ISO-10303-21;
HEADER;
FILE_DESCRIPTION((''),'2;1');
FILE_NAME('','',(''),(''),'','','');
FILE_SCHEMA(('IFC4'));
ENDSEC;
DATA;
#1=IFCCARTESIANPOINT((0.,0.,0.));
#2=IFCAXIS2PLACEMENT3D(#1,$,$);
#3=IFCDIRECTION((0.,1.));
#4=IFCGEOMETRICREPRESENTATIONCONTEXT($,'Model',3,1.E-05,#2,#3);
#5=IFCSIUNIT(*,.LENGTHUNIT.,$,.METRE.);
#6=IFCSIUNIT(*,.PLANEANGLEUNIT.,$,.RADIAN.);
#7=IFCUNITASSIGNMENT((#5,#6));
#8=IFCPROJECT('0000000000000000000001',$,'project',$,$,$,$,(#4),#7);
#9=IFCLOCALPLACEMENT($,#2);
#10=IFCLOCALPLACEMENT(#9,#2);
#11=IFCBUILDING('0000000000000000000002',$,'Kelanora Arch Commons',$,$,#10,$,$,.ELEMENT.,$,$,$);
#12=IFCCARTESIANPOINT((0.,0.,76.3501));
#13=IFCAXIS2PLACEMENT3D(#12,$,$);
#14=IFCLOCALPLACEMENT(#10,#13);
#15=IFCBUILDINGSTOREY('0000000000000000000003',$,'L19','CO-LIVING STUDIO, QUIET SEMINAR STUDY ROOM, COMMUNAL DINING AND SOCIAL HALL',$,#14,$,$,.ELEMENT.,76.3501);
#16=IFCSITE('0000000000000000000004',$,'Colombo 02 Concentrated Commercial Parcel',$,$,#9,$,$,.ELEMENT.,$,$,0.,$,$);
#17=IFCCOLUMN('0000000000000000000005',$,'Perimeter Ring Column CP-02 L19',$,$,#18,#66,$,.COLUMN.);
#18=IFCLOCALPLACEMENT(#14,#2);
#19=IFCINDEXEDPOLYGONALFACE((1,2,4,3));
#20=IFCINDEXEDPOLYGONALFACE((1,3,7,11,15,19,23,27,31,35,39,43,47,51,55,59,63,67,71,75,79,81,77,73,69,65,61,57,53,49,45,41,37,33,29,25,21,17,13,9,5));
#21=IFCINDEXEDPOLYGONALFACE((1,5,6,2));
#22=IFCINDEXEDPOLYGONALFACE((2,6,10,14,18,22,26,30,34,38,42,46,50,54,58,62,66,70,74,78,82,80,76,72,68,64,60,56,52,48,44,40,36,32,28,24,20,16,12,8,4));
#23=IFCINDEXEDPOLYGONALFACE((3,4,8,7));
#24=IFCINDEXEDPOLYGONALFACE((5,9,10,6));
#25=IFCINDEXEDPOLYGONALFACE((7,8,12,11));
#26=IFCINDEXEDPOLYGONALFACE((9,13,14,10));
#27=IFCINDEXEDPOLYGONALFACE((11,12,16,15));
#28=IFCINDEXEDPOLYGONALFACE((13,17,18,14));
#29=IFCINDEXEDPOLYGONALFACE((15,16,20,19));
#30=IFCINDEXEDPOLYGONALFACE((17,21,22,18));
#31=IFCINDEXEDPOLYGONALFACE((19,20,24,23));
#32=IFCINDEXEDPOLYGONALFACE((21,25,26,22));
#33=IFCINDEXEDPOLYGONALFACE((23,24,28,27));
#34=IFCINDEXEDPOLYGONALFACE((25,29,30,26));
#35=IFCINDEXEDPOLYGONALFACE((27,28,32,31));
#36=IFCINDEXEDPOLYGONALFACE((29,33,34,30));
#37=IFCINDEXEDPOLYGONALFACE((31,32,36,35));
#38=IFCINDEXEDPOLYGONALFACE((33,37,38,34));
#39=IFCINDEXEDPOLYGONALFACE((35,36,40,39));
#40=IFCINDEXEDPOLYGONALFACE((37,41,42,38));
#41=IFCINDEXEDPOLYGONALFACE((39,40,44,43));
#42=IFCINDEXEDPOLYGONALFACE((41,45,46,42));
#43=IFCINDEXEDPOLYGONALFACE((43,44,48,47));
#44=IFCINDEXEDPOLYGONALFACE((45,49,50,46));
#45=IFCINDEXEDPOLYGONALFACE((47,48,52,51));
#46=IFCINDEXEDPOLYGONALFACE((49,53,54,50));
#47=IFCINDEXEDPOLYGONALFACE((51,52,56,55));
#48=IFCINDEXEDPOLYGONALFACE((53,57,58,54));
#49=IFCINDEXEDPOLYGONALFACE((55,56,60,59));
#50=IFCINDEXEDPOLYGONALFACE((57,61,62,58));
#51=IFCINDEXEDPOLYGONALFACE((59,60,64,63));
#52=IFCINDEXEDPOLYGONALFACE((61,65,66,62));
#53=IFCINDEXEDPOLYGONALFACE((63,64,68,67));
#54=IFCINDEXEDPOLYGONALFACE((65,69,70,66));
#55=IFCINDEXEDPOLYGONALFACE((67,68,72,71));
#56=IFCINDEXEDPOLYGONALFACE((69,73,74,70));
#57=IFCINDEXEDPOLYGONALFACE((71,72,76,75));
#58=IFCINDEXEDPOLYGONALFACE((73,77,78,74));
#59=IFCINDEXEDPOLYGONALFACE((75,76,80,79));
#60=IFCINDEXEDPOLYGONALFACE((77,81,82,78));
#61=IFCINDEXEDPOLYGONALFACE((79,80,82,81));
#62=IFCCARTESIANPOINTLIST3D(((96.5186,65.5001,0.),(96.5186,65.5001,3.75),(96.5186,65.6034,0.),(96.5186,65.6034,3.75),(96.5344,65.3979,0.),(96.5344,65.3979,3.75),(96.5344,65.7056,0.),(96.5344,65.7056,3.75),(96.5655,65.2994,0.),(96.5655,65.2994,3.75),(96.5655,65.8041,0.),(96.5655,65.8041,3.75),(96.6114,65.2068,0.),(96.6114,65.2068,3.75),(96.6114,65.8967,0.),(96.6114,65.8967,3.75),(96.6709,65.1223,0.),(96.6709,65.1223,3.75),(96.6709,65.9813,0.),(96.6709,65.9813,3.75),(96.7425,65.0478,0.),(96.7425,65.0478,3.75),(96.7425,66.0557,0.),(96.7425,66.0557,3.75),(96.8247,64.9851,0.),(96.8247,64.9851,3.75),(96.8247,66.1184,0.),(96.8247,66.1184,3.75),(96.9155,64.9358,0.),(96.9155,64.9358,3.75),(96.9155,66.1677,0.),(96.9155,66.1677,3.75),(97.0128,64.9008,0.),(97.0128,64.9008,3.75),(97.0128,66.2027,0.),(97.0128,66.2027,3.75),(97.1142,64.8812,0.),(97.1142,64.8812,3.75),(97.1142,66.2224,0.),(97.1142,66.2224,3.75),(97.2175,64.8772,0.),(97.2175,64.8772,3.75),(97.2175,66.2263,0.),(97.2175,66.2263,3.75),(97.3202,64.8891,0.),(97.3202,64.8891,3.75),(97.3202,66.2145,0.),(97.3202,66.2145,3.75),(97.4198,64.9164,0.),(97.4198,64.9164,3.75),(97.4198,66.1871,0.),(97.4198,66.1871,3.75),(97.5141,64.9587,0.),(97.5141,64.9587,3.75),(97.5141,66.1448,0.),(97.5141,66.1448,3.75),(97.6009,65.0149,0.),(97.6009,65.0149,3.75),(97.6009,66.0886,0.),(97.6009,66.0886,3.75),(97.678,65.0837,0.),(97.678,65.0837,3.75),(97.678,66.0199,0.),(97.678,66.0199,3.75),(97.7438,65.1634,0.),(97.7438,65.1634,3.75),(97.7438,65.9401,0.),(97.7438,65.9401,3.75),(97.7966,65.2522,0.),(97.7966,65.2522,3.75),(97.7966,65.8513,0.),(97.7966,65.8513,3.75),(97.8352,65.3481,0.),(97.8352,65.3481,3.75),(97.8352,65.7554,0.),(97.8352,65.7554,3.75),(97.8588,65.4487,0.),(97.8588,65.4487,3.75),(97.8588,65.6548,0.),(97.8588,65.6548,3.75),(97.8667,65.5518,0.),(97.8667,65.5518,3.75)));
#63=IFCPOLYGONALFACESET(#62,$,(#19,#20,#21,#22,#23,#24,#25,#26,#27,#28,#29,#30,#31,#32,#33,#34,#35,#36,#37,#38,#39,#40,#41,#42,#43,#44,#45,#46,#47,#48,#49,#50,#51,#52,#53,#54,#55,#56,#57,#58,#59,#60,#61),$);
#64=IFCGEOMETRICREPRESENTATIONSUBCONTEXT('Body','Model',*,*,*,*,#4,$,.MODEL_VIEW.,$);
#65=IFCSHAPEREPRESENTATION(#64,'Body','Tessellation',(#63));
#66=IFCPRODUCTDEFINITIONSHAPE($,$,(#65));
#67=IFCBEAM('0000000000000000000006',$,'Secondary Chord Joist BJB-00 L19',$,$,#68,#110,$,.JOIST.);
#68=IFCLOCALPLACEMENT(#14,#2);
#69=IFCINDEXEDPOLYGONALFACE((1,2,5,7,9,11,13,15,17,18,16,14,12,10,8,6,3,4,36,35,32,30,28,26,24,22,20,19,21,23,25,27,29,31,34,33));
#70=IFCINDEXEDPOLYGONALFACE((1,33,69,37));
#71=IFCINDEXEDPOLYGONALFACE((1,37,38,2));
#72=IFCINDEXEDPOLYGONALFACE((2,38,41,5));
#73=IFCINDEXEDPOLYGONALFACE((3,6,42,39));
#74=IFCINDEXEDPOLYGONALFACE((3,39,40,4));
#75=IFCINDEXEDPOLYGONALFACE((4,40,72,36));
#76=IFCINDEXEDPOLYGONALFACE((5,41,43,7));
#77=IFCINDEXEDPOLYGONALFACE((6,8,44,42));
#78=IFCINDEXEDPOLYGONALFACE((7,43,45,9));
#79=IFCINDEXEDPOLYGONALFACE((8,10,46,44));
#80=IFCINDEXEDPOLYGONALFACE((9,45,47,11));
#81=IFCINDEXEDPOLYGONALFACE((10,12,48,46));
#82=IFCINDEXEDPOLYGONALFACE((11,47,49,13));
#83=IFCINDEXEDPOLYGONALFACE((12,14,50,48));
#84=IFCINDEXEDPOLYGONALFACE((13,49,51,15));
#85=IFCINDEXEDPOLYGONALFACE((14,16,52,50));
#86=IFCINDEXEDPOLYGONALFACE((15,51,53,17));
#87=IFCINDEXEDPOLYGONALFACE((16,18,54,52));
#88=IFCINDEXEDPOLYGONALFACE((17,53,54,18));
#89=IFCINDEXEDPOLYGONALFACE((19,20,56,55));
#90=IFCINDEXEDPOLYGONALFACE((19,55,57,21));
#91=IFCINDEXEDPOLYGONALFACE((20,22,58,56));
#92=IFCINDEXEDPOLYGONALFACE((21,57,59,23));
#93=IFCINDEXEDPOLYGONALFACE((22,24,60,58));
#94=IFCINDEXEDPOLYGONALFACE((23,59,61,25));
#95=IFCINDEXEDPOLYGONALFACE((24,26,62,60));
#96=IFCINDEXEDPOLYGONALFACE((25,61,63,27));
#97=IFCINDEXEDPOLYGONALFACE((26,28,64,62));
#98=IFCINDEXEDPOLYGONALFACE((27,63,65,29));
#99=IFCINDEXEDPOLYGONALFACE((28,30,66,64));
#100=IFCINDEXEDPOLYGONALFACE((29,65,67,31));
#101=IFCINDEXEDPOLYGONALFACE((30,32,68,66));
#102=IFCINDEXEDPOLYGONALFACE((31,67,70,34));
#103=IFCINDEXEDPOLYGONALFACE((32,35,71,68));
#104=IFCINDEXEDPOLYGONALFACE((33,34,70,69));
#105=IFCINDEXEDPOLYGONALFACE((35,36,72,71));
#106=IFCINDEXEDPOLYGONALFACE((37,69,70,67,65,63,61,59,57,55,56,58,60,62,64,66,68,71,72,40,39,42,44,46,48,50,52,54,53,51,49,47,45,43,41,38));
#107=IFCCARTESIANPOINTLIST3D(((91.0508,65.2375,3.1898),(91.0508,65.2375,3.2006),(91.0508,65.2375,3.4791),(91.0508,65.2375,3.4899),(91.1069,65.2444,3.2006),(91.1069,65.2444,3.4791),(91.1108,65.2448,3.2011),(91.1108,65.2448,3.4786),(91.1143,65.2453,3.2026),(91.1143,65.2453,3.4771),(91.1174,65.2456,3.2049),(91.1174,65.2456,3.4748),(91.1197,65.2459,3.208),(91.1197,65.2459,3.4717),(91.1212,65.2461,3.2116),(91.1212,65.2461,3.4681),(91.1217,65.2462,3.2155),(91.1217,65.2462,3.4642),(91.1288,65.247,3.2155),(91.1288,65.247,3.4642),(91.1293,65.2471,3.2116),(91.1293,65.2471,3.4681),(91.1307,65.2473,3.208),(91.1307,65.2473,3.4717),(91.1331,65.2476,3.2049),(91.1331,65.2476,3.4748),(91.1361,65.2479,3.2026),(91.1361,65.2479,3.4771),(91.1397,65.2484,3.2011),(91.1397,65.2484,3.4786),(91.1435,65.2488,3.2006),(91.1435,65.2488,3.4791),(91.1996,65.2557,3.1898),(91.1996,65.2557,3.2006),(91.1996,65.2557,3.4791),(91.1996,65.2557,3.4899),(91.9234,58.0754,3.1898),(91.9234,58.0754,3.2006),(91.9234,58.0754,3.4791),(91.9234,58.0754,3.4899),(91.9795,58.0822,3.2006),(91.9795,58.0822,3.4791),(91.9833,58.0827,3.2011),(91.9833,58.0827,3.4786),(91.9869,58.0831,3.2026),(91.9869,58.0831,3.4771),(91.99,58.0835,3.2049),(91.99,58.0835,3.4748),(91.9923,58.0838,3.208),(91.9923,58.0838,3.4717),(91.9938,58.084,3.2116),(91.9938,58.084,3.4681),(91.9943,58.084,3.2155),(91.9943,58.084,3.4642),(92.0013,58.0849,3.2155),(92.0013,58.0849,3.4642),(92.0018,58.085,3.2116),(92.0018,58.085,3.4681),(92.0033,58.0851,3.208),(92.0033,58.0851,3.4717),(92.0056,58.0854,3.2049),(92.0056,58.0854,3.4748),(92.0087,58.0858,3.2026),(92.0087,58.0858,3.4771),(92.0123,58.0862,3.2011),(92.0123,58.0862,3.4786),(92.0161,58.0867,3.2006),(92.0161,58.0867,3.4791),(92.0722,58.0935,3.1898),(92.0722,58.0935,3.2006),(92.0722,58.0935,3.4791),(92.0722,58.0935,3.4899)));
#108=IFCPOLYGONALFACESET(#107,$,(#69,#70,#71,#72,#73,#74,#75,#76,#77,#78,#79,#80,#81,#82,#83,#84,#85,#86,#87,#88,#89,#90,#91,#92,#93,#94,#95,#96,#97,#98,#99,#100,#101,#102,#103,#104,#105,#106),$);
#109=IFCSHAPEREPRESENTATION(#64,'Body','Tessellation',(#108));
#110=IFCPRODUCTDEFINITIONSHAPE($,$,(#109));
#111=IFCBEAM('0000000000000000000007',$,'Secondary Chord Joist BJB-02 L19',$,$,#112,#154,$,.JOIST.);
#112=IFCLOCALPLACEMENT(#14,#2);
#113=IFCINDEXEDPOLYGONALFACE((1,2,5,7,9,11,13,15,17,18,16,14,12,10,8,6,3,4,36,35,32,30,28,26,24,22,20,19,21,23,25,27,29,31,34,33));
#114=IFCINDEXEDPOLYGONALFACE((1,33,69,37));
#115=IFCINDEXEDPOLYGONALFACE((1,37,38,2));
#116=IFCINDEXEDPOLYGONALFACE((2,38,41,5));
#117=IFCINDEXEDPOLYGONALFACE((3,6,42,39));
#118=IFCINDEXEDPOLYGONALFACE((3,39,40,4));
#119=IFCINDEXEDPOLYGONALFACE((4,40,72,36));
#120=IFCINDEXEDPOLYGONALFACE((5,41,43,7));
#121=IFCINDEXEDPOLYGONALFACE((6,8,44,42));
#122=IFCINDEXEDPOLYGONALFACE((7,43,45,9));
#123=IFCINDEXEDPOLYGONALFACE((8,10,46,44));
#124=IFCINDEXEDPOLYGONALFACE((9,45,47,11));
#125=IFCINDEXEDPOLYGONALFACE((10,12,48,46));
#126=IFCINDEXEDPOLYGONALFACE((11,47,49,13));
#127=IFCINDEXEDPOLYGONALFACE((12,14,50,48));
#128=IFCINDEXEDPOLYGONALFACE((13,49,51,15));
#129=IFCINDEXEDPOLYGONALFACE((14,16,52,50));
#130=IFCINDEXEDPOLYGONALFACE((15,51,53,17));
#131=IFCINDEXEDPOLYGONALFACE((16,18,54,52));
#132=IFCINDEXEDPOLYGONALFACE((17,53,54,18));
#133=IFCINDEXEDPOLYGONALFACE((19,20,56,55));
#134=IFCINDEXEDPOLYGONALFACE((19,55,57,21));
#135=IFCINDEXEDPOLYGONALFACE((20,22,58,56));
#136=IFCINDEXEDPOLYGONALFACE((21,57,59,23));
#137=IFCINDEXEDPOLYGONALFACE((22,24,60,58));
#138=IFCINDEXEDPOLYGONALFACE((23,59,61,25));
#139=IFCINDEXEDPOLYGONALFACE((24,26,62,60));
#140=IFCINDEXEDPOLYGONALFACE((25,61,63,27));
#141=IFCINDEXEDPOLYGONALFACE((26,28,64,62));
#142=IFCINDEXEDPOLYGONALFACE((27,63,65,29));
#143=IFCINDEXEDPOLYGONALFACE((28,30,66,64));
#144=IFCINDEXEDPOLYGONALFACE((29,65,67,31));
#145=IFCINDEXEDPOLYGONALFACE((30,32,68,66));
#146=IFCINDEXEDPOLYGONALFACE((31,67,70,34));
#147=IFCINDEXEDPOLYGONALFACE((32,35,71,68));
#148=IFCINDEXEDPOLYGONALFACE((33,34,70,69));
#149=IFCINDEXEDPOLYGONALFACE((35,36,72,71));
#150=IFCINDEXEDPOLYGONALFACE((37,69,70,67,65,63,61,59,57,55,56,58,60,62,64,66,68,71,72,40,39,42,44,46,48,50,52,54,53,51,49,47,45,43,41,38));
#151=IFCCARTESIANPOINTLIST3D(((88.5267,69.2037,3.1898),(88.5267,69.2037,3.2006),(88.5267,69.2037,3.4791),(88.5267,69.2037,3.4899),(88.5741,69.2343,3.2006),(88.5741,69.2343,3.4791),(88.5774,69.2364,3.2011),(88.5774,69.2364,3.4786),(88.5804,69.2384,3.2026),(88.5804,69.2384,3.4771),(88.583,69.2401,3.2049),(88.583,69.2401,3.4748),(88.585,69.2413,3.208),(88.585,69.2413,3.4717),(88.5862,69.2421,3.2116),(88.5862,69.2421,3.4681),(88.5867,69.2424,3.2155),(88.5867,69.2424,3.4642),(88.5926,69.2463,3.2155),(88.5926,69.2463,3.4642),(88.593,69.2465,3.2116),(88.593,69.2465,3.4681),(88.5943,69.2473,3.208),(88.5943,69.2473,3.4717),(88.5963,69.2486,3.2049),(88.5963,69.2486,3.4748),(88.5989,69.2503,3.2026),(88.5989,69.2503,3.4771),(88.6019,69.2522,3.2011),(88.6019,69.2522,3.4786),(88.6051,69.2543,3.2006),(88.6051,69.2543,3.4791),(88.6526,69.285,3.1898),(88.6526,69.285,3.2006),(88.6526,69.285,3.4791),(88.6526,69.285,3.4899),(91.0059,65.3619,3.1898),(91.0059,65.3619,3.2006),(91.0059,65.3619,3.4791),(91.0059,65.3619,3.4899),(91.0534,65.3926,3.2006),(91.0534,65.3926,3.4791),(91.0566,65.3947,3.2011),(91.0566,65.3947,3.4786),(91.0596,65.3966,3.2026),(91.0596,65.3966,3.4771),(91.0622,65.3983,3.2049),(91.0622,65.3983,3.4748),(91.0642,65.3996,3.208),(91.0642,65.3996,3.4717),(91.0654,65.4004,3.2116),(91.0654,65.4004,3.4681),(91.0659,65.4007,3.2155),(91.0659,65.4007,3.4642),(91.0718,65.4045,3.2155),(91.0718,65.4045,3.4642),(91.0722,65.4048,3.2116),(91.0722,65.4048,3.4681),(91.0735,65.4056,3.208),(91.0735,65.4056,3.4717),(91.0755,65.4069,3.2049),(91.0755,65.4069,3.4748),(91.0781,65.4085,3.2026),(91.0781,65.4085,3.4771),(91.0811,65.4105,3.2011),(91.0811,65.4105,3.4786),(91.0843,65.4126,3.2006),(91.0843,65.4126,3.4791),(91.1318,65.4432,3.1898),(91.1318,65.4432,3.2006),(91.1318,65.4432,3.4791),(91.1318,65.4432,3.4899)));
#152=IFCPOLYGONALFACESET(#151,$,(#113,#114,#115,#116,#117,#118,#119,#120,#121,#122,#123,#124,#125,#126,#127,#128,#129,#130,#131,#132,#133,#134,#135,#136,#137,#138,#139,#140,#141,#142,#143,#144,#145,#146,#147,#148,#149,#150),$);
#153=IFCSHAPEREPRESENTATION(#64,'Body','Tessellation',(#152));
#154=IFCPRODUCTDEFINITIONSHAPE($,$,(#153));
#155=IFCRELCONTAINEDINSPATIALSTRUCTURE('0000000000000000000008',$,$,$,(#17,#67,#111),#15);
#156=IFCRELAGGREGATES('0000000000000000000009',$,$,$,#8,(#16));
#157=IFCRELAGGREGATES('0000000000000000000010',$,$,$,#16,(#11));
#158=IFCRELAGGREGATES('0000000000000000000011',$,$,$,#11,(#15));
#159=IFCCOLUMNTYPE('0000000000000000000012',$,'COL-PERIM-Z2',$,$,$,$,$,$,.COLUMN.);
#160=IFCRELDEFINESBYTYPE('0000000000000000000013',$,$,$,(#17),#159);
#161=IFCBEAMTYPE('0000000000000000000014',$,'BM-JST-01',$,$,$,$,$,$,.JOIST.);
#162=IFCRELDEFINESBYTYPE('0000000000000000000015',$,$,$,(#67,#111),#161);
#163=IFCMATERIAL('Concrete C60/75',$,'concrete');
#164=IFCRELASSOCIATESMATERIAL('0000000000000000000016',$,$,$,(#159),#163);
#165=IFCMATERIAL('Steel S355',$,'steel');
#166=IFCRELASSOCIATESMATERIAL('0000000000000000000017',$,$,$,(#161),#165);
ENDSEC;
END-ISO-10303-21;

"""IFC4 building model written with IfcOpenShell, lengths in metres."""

from ifc_helpers import new_model, si_unit, direction, frame, origin, origin_2d, place, context, subcontext, project, spatial, circle, i_section, extrude, material, material_profile, profile_set, type_object, element, save


model = new_model("IFC4")

# Units and contexts
model_context = context("Model", 3, precision=1e-05, world=origin(), true_north=direction((0.0, 1.0)))
body_context = subcontext(model_context, "Body", "Model", "MODEL_VIEW")
ifc_project = project(units=[si_unit("LENGTHUNIT", "METRE"), si_unit("PLANEANGLEUNIT", "RADIAN")], contexts=[model_context])

# Site, building, storey
site_placement = place(None, origin())
site = spatial("IfcSite", under=ifc_project, at=site_placement, Name="Colombo 02 Concentrated Commercial Parcel", CompositionType="ELEMENT", RefElevation=0.0)
building_placement = place(site_placement, origin())
building = spatial("IfcBuilding", under=site, at=building_placement, Name="Kelanora Arch Commons", CompositionType="ELEMENT")
storey_placement = place(building_placement, frame((0.0, 0.0, 76.3501)))
storey = spatial("IfcBuildingStorey", under=building, at=storey_placement, Name="L19", Description="CO-LIVING STUDIO, QUIET SEMINAR STUDY ROOM, COMMUNAL DINING AND SOCIAL HALL", CompositionType="ELEMENT", Elevation=76.3501)

# Column
ifc_material_1 = material(Name="Concrete C60/75", Category="concrete")
ifc_material_profile_1 = material_profile(ifc_material_1, circle(Radius=0.675, at=origin_2d()), Name="RCC1350")
ifc_profile_set_1 = profile_set([ifc_material_profile_1], Name="Concrete C60/75")
column_type = type_object("IfcColumnType", Name="COL-PERIM-Z2", PredefinedType="COLUMN", material=ifc_profile_set_1)
column_placement = place(storey_placement, frame((97.1917, 65.5518, 0.0), z_axis=(0.0, 0.0, 1.0), x_axis=(1.0, 0.0, 0.0)))
element("IfcColumn", 1, at=column_placement, inside=storey, type_object=column_type, Name="Perimeter Ring Column CP-02 L19", PredefinedType="COLUMN", context=body_context, shape_type="SweptSolid", body=[
    extrude(circle(Radius=0.675, at=origin_2d()), origin(), (0.0, 0.0, 1.0), 3.75),
])

# Beams
ifc_material_2 = material(Name="Steel S355", Category="steel")
ifc_material_profile_2 = material_profile(ifc_material_2, i_section(OverallWidth=0.1499, OverallDepth=0.3, WebThickness=0.0071, FlangeThickness=0.0107, FilletRadius=0.0149, at=origin_2d()), Name="IPE300")
ifc_profile_set_2 = profile_set([ifc_material_profile_2], Name="Steel S355")
beam_type_1 = type_object("IfcBeamType", Name="BM-JST-01", PredefinedType="JOIST", material=ifc_profile_set_2)
beam_1_placement = place(storey_placement, frame((91.9978, 58.0845, 3.3398), z_axis=(-0.120936, 0.99266, 0.0), x_axis=(-0.99266, -0.120936, 0.0)))
element("IfcBeam", 2, at=beam_1_placement, inside=storey, type_object=beam_type_1, Name="Secondary Chord Joist BJB-00 L19", PredefinedType="JOIST", context=body_context, shape_type="SweptSolid", body=[
    extrude(i_section(OverallWidth=0.1499, OverallDepth=0.3, WebThickness=0.0071, FlangeThickness=0.0107, FilletRadius=0.0149, at=origin_2d()), origin(), (0.0, 0.0, 1.0), 7.2151),
])
beam_2_placement = place(storey_placement, frame((91.0688, 65.4026, 3.3398), z_axis=(-0.54223, 0.84023, 0.0), x_axis=(-0.84023, -0.54223, 0.0)))
element("IfcBeam", 3, at=beam_2_placement, inside=storey, type_object=beam_type_1, Name="Secondary Chord Joist BJB-02 L19", PredefinedType="JOIST", context=body_context, shape_type="SweptSolid", body=[
    extrude(i_section(OverallWidth=0.1499, OverallDepth=0.3, WebThickness=0.0071, FlangeThickness=0.0107, FilletRadius=0.0149, at=origin_2d()), origin(), (0.0, 0.0, 1.0), 4.5723),
])

save(model, "model.ifc")
